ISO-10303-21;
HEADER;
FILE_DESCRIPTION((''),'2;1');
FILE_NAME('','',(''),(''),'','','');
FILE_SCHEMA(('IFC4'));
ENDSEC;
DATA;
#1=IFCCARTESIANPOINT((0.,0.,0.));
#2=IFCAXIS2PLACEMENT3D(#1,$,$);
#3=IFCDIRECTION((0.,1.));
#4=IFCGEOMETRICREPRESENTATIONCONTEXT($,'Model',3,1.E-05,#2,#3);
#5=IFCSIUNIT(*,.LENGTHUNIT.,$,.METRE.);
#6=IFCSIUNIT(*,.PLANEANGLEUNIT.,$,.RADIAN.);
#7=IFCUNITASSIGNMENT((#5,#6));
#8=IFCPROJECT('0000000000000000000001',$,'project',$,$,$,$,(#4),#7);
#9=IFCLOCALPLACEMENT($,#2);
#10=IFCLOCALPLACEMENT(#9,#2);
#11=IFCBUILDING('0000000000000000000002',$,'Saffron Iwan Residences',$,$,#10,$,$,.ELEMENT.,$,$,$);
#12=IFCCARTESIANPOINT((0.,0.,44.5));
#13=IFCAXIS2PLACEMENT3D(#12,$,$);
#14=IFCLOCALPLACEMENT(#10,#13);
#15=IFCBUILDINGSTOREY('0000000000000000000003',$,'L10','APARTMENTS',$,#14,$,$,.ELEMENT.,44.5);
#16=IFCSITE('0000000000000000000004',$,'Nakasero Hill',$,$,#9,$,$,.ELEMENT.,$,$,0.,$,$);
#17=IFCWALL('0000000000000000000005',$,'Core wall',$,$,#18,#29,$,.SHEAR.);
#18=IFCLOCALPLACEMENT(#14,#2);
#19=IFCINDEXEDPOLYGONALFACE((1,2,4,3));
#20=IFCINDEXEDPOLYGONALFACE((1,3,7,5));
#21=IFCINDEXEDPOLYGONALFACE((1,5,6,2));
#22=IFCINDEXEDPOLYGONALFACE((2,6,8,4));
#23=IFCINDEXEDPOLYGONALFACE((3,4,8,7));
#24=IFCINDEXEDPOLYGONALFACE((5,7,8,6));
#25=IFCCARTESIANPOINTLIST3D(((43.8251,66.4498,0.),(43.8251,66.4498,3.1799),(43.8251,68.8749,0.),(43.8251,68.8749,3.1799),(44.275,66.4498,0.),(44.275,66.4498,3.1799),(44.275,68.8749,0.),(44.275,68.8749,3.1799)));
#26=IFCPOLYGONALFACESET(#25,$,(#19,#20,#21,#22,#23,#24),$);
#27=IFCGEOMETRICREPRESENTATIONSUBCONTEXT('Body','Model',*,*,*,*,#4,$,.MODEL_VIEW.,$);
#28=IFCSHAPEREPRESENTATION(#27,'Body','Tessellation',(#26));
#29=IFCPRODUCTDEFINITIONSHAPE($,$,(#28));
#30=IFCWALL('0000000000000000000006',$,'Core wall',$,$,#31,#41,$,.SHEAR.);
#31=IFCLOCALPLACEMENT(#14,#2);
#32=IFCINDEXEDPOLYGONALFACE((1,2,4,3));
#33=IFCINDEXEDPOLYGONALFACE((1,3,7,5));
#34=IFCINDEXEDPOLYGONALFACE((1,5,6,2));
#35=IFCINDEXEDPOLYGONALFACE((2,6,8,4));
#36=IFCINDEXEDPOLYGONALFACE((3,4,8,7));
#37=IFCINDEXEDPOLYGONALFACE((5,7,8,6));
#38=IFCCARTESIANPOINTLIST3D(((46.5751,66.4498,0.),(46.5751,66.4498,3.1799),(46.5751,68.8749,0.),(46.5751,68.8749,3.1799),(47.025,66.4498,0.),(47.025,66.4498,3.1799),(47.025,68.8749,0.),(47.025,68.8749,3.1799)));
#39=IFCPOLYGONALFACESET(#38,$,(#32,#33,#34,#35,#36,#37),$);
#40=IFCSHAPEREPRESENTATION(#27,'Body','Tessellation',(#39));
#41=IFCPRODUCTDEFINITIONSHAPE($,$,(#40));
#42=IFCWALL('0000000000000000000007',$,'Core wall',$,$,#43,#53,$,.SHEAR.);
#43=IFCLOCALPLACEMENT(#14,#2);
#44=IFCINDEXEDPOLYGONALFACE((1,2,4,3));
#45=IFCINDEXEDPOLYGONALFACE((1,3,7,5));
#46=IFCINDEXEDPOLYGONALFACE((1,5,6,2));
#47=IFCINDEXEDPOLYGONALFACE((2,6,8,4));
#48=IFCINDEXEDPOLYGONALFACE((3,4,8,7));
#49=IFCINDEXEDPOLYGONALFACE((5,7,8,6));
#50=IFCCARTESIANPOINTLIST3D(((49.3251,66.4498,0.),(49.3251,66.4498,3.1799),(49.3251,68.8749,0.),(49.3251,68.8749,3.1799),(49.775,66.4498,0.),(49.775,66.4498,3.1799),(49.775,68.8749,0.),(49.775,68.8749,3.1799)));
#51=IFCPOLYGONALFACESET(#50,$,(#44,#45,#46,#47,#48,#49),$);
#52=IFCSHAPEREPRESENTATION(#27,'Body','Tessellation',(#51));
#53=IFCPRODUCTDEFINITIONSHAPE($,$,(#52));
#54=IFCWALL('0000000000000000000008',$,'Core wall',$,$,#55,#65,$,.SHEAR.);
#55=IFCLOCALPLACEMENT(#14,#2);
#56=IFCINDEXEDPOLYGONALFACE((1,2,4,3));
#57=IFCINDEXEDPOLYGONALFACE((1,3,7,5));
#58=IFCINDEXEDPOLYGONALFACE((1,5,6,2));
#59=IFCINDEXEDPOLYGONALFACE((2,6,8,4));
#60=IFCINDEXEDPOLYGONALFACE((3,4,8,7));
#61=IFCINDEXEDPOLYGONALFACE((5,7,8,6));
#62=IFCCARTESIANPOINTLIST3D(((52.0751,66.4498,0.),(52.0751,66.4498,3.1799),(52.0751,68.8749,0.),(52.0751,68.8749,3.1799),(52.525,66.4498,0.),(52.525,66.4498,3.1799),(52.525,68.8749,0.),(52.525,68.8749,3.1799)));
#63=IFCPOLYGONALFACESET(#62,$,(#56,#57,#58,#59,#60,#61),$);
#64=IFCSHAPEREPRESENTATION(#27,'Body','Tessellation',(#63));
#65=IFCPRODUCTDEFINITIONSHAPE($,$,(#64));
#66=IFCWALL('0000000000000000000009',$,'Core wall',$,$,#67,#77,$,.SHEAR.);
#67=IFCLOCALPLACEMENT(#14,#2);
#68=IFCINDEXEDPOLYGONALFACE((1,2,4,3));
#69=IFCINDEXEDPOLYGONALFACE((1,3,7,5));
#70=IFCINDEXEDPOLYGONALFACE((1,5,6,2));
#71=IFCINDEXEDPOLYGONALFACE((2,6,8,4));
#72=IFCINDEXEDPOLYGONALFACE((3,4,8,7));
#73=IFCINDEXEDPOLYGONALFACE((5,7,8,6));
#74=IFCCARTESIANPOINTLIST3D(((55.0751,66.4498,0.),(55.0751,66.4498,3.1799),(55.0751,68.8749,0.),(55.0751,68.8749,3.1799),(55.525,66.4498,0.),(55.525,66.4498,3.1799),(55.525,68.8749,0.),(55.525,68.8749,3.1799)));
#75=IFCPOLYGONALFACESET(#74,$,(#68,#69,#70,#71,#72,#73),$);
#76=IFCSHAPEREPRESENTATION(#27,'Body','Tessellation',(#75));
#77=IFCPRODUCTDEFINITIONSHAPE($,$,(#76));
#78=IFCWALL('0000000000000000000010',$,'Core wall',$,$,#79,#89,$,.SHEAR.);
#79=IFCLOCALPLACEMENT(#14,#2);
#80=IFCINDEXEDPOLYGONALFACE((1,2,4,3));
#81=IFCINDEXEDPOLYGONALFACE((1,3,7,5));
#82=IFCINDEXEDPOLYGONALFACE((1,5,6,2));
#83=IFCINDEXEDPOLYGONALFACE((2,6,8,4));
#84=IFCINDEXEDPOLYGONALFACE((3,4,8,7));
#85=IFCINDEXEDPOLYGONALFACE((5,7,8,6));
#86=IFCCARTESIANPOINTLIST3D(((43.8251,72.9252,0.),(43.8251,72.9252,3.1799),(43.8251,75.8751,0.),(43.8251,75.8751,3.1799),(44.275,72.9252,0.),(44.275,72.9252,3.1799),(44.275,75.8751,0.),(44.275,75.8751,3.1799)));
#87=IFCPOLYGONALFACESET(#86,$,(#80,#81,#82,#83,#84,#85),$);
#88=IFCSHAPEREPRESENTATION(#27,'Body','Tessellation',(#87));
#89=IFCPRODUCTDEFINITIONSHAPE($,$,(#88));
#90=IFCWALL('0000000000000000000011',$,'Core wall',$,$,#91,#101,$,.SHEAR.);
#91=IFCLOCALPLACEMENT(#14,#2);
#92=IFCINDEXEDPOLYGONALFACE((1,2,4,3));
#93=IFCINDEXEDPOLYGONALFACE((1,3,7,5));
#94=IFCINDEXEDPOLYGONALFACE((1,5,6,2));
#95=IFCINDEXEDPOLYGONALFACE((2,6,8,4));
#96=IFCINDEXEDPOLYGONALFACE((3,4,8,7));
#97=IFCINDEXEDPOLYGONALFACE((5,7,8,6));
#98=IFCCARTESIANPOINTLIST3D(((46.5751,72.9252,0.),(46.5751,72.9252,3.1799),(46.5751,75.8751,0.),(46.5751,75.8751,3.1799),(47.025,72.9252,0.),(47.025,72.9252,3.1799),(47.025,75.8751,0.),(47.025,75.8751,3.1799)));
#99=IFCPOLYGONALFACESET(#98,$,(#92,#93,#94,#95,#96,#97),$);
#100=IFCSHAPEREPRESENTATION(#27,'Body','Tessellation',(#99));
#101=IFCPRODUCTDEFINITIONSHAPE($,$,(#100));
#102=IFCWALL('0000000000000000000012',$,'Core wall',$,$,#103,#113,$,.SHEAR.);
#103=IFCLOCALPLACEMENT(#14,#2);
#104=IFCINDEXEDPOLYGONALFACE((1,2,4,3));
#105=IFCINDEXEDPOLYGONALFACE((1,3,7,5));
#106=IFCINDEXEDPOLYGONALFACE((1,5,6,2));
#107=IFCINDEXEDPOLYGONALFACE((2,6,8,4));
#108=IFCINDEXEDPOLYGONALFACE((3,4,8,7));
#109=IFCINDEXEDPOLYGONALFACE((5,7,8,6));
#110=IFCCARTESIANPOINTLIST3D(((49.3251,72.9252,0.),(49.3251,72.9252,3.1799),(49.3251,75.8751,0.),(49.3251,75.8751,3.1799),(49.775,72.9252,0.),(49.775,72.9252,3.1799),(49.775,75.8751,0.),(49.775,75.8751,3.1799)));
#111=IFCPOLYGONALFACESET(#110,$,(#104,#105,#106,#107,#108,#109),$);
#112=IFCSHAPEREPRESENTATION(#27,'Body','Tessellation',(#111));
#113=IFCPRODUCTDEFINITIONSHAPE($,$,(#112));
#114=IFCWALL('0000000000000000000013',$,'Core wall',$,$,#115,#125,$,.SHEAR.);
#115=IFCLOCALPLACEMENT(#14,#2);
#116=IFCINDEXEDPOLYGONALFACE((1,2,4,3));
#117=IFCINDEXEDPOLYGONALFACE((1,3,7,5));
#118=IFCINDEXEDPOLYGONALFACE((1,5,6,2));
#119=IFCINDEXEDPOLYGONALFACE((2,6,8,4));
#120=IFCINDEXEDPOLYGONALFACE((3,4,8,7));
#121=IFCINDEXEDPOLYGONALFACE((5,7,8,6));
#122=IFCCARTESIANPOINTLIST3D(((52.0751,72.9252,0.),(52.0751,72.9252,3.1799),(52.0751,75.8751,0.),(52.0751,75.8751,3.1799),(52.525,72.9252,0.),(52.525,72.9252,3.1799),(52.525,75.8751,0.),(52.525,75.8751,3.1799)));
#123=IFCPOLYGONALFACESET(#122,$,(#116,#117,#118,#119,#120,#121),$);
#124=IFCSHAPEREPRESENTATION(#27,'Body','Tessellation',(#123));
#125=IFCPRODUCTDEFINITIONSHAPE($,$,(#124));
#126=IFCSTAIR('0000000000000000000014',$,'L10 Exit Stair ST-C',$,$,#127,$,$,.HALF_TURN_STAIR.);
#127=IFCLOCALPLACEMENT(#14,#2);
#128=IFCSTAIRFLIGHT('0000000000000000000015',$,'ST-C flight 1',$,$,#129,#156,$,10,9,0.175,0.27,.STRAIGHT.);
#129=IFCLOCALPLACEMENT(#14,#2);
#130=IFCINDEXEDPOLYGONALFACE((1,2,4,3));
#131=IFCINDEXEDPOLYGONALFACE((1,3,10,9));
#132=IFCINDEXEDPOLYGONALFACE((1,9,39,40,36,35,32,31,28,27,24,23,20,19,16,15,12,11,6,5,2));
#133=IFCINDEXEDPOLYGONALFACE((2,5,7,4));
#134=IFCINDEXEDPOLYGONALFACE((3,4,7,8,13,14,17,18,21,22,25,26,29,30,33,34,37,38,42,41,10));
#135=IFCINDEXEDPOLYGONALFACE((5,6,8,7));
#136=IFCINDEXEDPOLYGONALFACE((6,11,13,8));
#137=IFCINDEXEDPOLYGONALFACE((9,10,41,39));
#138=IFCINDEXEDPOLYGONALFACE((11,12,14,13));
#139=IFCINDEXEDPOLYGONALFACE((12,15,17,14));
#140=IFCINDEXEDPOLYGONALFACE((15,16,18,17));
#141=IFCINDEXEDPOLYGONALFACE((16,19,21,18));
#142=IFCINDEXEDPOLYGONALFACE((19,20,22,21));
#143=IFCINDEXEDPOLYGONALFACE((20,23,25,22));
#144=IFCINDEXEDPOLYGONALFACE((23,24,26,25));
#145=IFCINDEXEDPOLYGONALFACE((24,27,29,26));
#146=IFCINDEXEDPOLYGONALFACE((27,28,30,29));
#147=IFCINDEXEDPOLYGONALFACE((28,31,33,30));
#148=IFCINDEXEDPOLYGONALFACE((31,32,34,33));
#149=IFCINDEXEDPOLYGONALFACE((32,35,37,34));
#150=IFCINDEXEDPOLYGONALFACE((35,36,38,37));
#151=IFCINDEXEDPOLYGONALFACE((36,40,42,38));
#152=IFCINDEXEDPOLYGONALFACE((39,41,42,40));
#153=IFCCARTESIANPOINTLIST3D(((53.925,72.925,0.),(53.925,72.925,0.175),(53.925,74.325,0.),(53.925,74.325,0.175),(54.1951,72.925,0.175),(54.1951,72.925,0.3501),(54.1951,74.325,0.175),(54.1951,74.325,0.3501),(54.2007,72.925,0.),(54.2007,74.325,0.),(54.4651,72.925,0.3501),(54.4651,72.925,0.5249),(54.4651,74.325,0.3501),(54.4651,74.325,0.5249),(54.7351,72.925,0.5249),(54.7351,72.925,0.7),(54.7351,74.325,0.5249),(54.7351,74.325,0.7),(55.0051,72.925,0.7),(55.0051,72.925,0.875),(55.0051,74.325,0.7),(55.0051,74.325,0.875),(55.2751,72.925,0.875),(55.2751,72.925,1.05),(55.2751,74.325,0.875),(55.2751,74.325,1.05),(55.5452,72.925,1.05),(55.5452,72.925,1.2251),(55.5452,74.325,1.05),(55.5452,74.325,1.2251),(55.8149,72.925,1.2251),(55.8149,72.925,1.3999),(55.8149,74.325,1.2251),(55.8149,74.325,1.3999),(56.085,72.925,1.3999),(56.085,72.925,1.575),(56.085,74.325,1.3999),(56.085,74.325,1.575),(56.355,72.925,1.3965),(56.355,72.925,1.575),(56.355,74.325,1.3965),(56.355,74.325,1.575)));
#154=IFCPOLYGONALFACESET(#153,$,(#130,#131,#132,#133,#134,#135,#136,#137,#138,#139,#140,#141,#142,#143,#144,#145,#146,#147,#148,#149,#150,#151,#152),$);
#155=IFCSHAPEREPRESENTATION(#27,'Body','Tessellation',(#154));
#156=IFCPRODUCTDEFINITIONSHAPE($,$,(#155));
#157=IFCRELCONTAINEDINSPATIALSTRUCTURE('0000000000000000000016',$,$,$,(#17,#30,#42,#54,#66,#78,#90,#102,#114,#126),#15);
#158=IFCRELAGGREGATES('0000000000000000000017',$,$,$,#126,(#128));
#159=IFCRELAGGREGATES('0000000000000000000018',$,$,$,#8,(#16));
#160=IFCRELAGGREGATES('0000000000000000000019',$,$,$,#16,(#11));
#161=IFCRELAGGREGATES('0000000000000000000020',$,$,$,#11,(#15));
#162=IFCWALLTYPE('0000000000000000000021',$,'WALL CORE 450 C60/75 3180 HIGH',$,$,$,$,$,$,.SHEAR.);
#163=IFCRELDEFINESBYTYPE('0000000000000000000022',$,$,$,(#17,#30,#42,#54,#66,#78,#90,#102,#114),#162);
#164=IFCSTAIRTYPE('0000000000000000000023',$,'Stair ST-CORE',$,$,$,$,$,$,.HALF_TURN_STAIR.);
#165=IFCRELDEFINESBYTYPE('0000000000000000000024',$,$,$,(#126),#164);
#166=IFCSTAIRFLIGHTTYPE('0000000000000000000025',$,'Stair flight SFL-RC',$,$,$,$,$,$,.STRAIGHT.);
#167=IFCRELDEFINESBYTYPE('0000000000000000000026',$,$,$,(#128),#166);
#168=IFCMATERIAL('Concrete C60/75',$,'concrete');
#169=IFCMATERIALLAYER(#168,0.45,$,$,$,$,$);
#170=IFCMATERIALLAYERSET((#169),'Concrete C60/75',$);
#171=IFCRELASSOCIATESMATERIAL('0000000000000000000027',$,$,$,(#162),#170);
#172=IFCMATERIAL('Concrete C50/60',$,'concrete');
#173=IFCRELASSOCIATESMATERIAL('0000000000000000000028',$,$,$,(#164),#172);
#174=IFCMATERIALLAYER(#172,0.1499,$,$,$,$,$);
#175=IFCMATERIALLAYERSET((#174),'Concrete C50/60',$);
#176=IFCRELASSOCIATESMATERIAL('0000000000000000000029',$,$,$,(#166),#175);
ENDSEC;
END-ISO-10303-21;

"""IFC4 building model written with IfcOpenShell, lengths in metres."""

from ifc_helpers import new_model, si_unit, direction, frame, frame_2d, origin, place, context, subcontext, project, spatial, polyline, rectangle, outline, extrude, material, layer, layer_set, type_object, element, aggregate, save


model = new_model("IFC4")

# Units and contexts
model_context = context("Model", 3, precision=1e-05, world=origin(), true_north=direction((0.0, 1.0)))
body_context = subcontext(model_context, "Body", "Model", "MODEL_VIEW")
ifc_project = project(units=[si_unit("LENGTHUNIT", "METRE"), si_unit("PLANEANGLEUNIT", "RADIAN")], contexts=[model_context])

# Site, building, storey
site_placement = place(None, origin())
site = spatial("IfcSite", under=ifc_project, at=site_placement, Name="Nakasero Hill", CompositionType="ELEMENT", RefElevation=0.0)
building_placement = place(site_placement, origin())
building = spatial("IfcBuilding", under=site, at=building_placement, Name="Saffron Iwan Residences", CompositionType="ELEMENT")
storey_placement = place(building_placement, frame((0.0, 0.0, 44.5)))
storey = spatial("IfcBuildingStorey", under=building, at=storey_placement, Name="L10", Description="APARTMENTS", CompositionType="ELEMENT", Elevation=44.5)

# Shared definitions
ifc_material_1 = material(Name="Concrete C60/75", Category="concrete")

# Walls
ifc_layer_1 = layer(ifc_material_1, 0.45)
ifc_layer_set_1 = layer_set([ifc_layer_1], Name="Concrete C60/75")
wall_type_1 = type_object("IfcWallType", Name="WALL CORE 450 C60/75 3180 HIGH", PredefinedType="SHEAR", material=ifc_layer_set_1)
for number, where, z_axis, x_axis, name in (
    (1, (44.05, 66.45, 0.0), (0.0, 0.0, 1.0), (0.0, 1.0, 0.0), "Core wall"),
    (2, (46.8, 66.45, 0.0), (0.0, 0.0, 1.0), (0.0, 1.0, 0.0), "Core wall"),
    (3, (49.55, 66.45, 0.0), (0.0, 0.0, 1.0), (0.0, 1.0, 0.0), "Core wall"),
    (4, (52.3, 66.45, 0.0), (0.0, 0.0, 1.0), (0.0, 1.0, 0.0), "Core wall"),
    (5, (55.3, 66.45, 0.0), (0.0, 0.0, 1.0), (0.0, 1.0, 0.0), "Core wall"),
):
    element("IfcWall", number, at=place(storey_placement, frame(where, z_axis=z_axis, x_axis=x_axis)), inside=storey, type_object=wall_type_1, Name=name, PredefinedType="SHEAR", context=body_context, shape_type="SweptSolid", body=[
        extrude(rectangle(XDim=2.425, YDim=0.45, at=frame_2d((1.2124, 0.0))), origin(), (0.0, 0.0, 1.0), 3.1799),
    ])
for number, where, z_axis, x_axis, name in (
    (6, (44.05, 72.925, 0.0), (0.0, 0.0, 1.0), (0.0, 1.0, 0.0), "Core wall"),
    (7, (46.8, 72.925, 0.0), (0.0, 0.0, 1.0), (0.0, 1.0, 0.0), "Core wall"),
    (8, (49.55, 72.925, 0.0), (0.0, 0.0, 1.0), (0.0, 1.0, 0.0), "Core wall"),
    (9, (52.3, 72.925, 0.0), (0.0, 0.0, 1.0), (0.0, 1.0, 0.0), "Core wall"),
):
    element("IfcWall", number, at=place(storey_placement, frame(where, z_axis=z_axis, x_axis=x_axis)), inside=storey, type_object=wall_type_1, Name=name, PredefinedType="SHEAR", context=body_context, shape_type="SweptSolid", body=[
        extrude(rectangle(XDim=2.95, YDim=0.45, at=frame_2d((1.4751, 0.0))), origin(), (0.0, 0.0, 1.0), 3.1799),
    ])

# Stair, stair flight
ifc_material_2 = material(Name="Concrete C50/60", Category="concrete")
stair_type = type_object("IfcStairType", Name="Stair ST-CORE", PredefinedType="HALF_TURN_STAIR", material=ifc_material_2)
stair_placement = place(storey_placement, origin())
stair = element("IfcStair", 10, at=stair_placement, inside=storey, type_object=stair_type, Name="L10 Exit Stair ST-C", PredefinedType="HALF_TURN_STAIR")
ifc_layer_2 = layer(ifc_material_2, 0.1499)
ifc_layer_set_2 = layer_set([ifc_layer_2], Name="Concrete C50/60")
stair_flight_type = type_object("IfcStairFlightType", Name="Stair flight SFL-RC", PredefinedType="STRAIGHT", material=ifc_layer_set_2)
stair_flight_placement = place(storey_placement, frame((53.925, 73.625, 0.0), z_axis=(0.0, 0.0, 1.0), x_axis=(1.0, 0.0, 0.0)))
stair_flight = element("IfcStairFlight", 11, at=stair_flight_placement, type_object=stair_flight_type, Name="ST-C flight 1", NumberOfRisers=10, NumberOfTreads=9, PredefinedType="STRAIGHT", RiserHeight=0.175, TreadLength=0.27, context=body_context, shape_type="SweptSolid", body=[
    extrude(outline(polyline([(0.0, 0.0), (0.0, 0.175), (0.27, 0.175), (0.27, 0.3501), (0.54, 0.3501), (0.54, 0.5249), (0.8101, 0.5249), (0.8101, 0.7), (1.0801, 0.7), (1.0801, 0.875), (1.3501, 0.875), (1.3501, 1.05), (1.6201, 1.05), (1.6201, 1.2251), (1.8899, 1.2251), (1.8899, 1.3999), (2.1599, 1.3999), (2.1599, 1.575), (2.4299, 1.575), (2.4299, 1.75), (2.4299, 1.3965), (0.2756, 0.0), (0.0, 0.0)])), frame((0.0, 0.7, 0.0), z_axis=(0.0, -1.0, 0.0), x_axis=(1.0, 0.0, 0.0)), (0.0, 0.0, 1.0), 1.3999),
])
aggregate(stair, [stair_flight])

save(model, "model.ifc")
